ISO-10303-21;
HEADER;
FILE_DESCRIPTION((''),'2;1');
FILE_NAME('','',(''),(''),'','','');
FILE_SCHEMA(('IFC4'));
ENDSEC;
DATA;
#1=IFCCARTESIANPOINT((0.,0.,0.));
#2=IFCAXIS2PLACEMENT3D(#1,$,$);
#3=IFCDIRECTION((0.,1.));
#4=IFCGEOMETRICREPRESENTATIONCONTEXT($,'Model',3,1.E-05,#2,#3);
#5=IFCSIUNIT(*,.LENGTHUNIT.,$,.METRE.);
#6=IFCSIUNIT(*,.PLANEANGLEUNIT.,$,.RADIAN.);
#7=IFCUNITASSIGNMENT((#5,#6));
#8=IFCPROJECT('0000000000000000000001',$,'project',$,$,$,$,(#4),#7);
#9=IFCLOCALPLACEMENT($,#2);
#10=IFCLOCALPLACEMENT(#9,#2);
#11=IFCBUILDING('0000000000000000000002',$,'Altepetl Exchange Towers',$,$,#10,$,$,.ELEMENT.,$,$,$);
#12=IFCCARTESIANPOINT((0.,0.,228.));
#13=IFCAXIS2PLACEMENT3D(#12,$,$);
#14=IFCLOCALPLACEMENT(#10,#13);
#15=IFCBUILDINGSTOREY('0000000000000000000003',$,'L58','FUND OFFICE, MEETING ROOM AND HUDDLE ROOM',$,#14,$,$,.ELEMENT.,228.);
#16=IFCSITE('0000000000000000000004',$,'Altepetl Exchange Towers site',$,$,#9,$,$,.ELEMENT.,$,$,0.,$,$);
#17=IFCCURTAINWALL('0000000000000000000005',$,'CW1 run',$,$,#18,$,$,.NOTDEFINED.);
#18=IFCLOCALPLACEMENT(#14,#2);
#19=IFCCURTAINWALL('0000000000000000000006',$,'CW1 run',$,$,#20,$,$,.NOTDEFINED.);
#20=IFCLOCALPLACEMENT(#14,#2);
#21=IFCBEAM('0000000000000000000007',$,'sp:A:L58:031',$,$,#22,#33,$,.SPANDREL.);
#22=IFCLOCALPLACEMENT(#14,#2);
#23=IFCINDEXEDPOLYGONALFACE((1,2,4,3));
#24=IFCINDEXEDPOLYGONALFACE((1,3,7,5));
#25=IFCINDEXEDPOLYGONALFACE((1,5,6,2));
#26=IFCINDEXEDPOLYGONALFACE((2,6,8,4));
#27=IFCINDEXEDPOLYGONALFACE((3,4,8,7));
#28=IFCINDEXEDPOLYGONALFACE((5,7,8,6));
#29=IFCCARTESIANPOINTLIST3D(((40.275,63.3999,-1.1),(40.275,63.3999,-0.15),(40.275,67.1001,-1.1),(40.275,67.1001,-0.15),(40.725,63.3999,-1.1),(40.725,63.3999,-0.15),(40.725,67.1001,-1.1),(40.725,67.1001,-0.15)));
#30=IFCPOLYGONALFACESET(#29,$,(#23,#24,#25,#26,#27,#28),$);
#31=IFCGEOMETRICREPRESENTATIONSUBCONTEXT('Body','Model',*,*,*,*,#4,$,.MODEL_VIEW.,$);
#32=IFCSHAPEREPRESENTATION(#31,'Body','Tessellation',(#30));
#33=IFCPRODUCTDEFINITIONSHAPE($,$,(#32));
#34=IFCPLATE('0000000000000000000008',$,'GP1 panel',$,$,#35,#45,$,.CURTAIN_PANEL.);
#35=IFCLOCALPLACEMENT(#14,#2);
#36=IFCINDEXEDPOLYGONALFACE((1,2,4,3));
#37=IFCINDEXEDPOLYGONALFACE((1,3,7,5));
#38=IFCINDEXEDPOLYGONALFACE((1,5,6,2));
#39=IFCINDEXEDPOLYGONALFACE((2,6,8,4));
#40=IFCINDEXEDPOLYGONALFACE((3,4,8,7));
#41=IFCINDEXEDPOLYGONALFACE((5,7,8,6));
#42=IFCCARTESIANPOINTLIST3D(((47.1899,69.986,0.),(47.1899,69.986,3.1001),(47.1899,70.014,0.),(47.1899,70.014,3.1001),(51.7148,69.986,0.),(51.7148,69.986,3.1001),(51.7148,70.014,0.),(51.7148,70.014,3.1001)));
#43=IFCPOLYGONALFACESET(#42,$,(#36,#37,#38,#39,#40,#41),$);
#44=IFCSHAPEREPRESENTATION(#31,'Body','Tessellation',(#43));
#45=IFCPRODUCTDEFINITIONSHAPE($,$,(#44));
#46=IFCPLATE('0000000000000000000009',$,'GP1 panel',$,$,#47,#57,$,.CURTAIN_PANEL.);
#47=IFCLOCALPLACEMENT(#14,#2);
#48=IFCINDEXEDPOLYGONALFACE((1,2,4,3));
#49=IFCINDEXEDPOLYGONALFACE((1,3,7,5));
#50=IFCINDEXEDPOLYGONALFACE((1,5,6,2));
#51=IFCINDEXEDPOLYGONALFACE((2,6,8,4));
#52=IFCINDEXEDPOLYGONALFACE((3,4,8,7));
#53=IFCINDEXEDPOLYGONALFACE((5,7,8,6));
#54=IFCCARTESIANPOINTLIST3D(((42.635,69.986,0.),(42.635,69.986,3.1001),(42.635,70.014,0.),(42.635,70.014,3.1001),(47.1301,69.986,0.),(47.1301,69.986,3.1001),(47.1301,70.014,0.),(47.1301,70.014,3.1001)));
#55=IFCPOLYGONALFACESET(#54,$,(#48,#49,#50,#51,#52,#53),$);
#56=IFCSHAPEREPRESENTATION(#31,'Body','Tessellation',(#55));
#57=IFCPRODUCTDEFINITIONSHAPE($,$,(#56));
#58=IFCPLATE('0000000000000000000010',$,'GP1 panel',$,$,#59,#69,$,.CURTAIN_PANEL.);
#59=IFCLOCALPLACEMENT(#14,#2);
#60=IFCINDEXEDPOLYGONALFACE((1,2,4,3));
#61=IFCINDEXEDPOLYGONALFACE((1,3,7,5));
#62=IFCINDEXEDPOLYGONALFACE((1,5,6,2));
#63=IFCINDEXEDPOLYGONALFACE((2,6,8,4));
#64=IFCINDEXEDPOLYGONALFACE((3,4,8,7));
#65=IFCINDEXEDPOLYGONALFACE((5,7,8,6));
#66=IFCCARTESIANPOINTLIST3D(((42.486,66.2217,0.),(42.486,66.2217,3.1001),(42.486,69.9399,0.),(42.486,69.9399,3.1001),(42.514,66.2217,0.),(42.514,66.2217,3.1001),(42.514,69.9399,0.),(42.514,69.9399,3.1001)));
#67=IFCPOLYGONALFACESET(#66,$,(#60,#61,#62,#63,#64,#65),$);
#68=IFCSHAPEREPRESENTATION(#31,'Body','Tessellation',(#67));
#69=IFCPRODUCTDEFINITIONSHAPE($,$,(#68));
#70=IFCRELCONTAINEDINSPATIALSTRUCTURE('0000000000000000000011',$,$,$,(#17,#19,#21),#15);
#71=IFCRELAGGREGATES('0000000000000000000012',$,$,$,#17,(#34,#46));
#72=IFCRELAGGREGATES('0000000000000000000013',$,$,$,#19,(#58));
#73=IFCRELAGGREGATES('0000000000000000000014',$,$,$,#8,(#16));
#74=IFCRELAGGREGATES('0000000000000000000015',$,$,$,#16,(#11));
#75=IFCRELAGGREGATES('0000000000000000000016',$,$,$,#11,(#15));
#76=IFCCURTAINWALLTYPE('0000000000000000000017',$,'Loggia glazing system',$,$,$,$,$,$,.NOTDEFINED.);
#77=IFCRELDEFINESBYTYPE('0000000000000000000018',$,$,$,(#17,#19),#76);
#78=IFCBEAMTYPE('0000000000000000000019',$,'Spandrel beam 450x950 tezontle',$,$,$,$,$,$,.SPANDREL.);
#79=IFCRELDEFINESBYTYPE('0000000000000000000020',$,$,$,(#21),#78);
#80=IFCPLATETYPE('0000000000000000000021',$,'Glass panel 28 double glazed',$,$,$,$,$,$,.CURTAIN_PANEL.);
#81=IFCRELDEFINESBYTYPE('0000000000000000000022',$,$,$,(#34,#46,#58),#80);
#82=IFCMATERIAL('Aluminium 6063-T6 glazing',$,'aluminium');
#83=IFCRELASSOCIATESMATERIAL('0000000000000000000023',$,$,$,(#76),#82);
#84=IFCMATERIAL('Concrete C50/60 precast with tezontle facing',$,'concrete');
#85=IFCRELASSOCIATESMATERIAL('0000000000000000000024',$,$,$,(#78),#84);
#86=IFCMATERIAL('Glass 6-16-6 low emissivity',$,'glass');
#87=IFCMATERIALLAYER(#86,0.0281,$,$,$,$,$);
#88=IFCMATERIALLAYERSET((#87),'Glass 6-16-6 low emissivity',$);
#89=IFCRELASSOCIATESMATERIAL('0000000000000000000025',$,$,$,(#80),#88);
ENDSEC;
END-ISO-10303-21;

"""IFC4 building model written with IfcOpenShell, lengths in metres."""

from ifc_helpers import new_model, si_unit, direction, frame, origin, origin_2d, place, context, subcontext, project, spatial, rectangle, extrude, material, layer, layer_set, material_profile, profile_set, type_object, element, aggregate, save


model = new_model("IFC4")

# Units and contexts
model_context = context("Model", 3, precision=1e-05, world=origin(), true_north=direction((0.0, 1.0)))
body_context = subcontext(model_context, "Body", "Model", "MODEL_VIEW")
ifc_project = project(units=[si_unit("LENGTHUNIT", "METRE"), si_unit("PLANEANGLEUNIT", "RADIAN")], contexts=[model_context])

# Site, building, storey
site_placement = place(None, origin())
site = spatial("IfcSite", under=ifc_project, at=site_placement, Name="Altepetl Exchange Towers site", CompositionType="ELEMENT", RefElevation=0.0)
building_placement = place(site_placement, origin())
building = spatial("IfcBuilding", under=site, at=building_placement, Name="Altepetl Exchange Towers", CompositionType="ELEMENT")
storey_placement = place(building_placement, frame((0.0, 0.0, 228.0)))
storey = spatial("IfcBuildingStorey", under=building, at=storey_placement, Name="L58", Description="FUND OFFICE, MEETING ROOM AND HUDDLE ROOM", CompositionType="ELEMENT", Elevation=228.0)

# Curtain walls
ifc_material_1 = material(Name="Aluminium 6063-T6 glazing", Category="aluminium")
curtain_wall_type = type_object("IfcCurtainWallType", Name="Loggia glazing system", PredefinedType="NOTDEFINED", material=ifc_material_1)
curtain_wall_1_placement = place(storey_placement, origin())
curtain_wall_1 = element("IfcCurtainWall", 1, at=curtain_wall_1_placement, inside=storey, type_object=curtain_wall_type, Name="CW1 run", PredefinedType="NOTDEFINED")
curtain_wall_2_placement = place(storey_placement, origin())
curtain_wall_2 = element("IfcCurtainWall", 2, at=curtain_wall_2_placement, inside=storey, type_object=curtain_wall_type, Name="CW1 run", PredefinedType="NOTDEFINED")

# Beam
ifc_material_2 = material(Name="Concrete C50/60 precast with tezontle facing", Category="concrete")
ifc_material_profile_1 = material_profile(ifc_material_2, rectangle(XDim=0.45, YDim=0.95, at=origin_2d()), Name="450 x 950")
ifc_profile_set_1 = profile_set([ifc_material_profile_1], Name="Concrete C50/60 precast with tezontle facing")
beam_type_1 = type_object("IfcBeamType", Name="Spandrel beam 450x950 tezontle", PredefinedType="SPANDREL", material=ifc_profile_set_1)
for number, where, z_axis, x_axis, name in (
    (3, (40.5, 67.1001, -0.625), (0.0, -1.0, 0.0), (1.0, 0.0, 0.0), "sp:A:L58:031"),
):
    element("IfcBeam", number, at=place(storey_placement, frame(where, z_axis=z_axis, x_axis=x_axis)), inside=storey, type_object=beam_type_1, Name=name, PredefinedType="SPANDREL", context=body_context, shape_type="SweptSolid", body=[
        extrude(rectangle(XDim=0.45, YDim=0.95, at=origin_2d()), origin(), (0.0, 0.0, 1.0), 3.7002),
    ])

# Plates
ifc_material_3 = material(Name="Glass 6-16-6 low emissivity", Category="glass")
ifc_layer = layer(ifc_material_3, 0.0281)
ifc_layer_set = layer_set([ifc_layer], Name="Glass 6-16-6 low emissivity")
plate_type = type_object("IfcPlateType", Name="Glass panel 28 double glazed", PredefinedType="CURTAIN_PANEL", material=ifc_layer_set)
plate_1_placement = place(storey_placement, frame((49.4524, 70.0, 0.0), z_axis=(0.0, 0.0, 1.0), x_axis=(-1.0, 0.0, 0.0)))
plate_1 = element("IfcPlate", 4, at=plate_1_placement, type_object=plate_type, Name="GP1 panel", PredefinedType="CURTAIN_PANEL", context=body_context, shape_type="SweptSolid", body=[
    extrude(rectangle(XDim=4.5249, YDim=0.0281, at=origin_2d()), origin(), (0.0, 0.0, 1.0), 3.1001),
])
plate_2_placement = place(storey_placement, frame((44.8826, 70.0, 0.0), z_axis=(0.0, 0.0, 1.0), x_axis=(-1.0, 0.0, 0.0)))
plate_2 = element("IfcPlate", 5, at=plate_2_placement, type_object=plate_type, Name="GP1 panel", PredefinedType="CURTAIN_PANEL", context=body_context, shape_type="SweptSolid", body=[
    extrude(rectangle(XDim=4.4951, YDim=0.0281, at=origin_2d()), origin(), (0.0, 0.0, 1.0), 3.1001),
])
aggregate(curtain_wall_1, [plate_1, plate_2])
plate_3_placement = place(storey_placement, frame((42.5, 68.0808, 0.0), z_axis=(0.0, 0.0, 1.0), x_axis=(0.0, -1.0, 0.0)))
plate_3 = element("IfcPlate", 6, at=plate_3_placement, type_object=plate_type, Name="GP1 panel", PredefinedType="CURTAIN_PANEL", context=body_context, shape_type="SweptSolid", body=[
    extrude(rectangle(XDim=3.7183, YDim=0.0281, at=origin_2d()), origin(), (0.0, 0.0, 1.0), 3.1001),
])
aggregate(curtain_wall_2, [plate_3])

save(model, "model.ifc")
